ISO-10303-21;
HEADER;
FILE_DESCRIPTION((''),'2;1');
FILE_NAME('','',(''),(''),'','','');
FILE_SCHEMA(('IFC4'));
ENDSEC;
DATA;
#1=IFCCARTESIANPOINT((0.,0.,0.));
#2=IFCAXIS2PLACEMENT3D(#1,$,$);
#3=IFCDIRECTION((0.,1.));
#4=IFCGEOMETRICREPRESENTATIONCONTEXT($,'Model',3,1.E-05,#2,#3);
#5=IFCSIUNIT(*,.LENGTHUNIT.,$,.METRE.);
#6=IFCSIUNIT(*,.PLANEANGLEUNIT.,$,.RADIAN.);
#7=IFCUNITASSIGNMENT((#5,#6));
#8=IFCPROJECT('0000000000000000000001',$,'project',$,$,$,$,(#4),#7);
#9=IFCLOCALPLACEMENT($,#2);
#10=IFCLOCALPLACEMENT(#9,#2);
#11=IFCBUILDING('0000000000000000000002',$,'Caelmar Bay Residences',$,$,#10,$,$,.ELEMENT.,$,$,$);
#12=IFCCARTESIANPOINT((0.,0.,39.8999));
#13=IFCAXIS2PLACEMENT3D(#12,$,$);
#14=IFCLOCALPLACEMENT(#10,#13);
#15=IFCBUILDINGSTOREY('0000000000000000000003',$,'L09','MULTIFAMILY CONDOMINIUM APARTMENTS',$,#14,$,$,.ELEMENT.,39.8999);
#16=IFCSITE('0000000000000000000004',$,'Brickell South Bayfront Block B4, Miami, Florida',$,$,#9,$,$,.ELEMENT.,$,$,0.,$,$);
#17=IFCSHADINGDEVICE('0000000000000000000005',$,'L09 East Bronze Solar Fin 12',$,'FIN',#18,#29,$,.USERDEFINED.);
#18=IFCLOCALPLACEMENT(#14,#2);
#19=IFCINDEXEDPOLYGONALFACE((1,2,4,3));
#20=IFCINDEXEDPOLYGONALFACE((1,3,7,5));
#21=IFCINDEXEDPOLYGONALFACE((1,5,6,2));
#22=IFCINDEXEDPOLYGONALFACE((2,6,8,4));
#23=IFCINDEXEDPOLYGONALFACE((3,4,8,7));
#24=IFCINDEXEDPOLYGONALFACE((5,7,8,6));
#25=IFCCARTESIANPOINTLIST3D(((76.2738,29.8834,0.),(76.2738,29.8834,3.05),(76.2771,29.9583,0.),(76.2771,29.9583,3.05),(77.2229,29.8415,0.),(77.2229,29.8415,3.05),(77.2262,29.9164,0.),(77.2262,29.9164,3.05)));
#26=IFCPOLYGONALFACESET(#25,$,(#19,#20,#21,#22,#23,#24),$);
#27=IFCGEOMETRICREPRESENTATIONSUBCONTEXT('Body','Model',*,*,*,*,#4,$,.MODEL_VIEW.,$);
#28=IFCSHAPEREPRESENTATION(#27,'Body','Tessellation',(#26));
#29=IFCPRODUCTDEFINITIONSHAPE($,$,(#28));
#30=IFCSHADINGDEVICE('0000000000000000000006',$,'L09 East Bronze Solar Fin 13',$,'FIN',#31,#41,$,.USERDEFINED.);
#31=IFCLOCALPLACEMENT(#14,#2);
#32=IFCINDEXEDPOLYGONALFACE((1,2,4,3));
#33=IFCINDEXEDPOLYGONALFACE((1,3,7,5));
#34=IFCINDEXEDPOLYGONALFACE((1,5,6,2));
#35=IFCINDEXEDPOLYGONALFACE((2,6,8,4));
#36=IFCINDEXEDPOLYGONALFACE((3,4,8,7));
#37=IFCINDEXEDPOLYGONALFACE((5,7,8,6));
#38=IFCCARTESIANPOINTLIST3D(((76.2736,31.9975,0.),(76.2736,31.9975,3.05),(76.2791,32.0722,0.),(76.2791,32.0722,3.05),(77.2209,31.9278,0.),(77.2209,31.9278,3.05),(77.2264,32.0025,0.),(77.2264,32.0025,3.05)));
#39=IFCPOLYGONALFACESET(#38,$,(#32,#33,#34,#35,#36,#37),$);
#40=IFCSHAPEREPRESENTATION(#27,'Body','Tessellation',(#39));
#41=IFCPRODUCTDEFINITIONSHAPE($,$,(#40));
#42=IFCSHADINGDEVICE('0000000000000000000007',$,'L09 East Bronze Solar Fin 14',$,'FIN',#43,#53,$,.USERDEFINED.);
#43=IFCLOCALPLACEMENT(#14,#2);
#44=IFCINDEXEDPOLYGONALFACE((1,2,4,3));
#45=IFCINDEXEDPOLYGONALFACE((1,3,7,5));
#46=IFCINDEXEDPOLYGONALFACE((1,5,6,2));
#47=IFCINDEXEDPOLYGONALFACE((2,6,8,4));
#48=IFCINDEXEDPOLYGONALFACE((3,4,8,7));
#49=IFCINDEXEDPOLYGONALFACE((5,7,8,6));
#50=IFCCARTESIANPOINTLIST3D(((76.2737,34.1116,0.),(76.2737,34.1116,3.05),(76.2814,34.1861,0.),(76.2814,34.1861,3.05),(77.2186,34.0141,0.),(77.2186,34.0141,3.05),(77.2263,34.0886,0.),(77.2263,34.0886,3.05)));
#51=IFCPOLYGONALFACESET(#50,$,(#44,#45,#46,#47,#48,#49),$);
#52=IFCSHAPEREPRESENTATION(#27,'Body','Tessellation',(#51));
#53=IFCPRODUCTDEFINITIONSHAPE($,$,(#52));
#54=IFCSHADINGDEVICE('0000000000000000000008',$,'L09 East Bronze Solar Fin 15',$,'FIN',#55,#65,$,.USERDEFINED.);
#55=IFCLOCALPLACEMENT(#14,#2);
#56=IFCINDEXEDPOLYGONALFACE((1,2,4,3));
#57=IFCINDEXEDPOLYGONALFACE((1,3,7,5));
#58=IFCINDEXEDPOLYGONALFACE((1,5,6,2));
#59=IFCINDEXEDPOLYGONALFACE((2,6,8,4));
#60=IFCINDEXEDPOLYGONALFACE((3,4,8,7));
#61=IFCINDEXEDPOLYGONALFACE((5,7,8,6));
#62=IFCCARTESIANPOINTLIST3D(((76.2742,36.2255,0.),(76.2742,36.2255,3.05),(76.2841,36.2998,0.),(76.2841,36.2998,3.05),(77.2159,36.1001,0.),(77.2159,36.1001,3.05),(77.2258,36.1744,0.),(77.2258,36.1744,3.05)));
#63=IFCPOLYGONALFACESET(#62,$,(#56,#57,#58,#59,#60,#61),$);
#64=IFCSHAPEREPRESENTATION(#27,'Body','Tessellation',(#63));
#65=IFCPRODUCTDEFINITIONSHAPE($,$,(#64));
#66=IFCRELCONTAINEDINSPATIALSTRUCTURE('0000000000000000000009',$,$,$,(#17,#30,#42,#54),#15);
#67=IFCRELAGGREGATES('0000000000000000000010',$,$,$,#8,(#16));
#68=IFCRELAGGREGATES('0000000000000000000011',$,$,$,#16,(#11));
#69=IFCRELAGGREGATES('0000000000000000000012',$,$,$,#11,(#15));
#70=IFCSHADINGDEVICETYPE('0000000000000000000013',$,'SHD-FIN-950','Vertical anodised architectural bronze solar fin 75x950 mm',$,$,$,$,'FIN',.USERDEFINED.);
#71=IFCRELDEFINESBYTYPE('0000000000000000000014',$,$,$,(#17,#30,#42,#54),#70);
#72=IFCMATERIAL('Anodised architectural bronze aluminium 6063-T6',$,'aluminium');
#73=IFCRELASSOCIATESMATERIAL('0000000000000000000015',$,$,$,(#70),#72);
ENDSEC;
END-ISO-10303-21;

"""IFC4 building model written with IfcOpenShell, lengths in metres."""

from ifc_helpers import new_model, si_unit, direction, frame, origin, origin_2d, place, context, subcontext, project, spatial, rectangle, extrude, material, material_profile, profile_set, type_object, element, save


model = new_model("IFC4")

# Units and contexts
model_context = context("Model", 3, precision=1e-05, world=origin(), true_north=direction((0.0, 1.0)))
body_context = subcontext(model_context, "Body", "Model", "MODEL_VIEW")
ifc_project = project(units=[si_unit("LENGTHUNIT", "METRE"), si_unit("PLANEANGLEUNIT", "RADIAN")], contexts=[model_context])

# Site, building, storey
site_placement = place(None, origin())
site = spatial("IfcSite", under=ifc_project, at=site_placement, Name="Brickell South Bayfront Block B4, Miami, Florida", CompositionType="ELEMENT", RefElevation=0.0)
building_placement = place(site_placement, origin())
building = spatial("IfcBuilding", under=site, at=building_placement, Name="Caelmar Bay Residences", CompositionType="ELEMENT")
storey_placement = place(building_placement, frame((0.0, 0.0, 39.8999)))
storey = spatial("IfcBuildingStorey", under=building, at=storey_placement, Name="L09", Description="MULTIFAMILY CONDOMINIUM APARTMENTS", CompositionType="ELEMENT", Elevation=39.8999)

# Shading devices
ifc_material_1 = material(Name="Anodised architectural bronze aluminium 6063-T6", Category="aluminium")
ifc_material_profile_1 = material_profile(ifc_material_1, rectangle(XDim=0.075, YDim=0.95, at=origin_2d()), Name="BRONZE-FIN-75X950")
ifc_profile_set_1 = profile_set([ifc_material_profile_1], Name="Anodised architectural bronze aluminium 6063-T6")
shading_device_type = type_object("IfcShadingDeviceType", Name="SHD-FIN-950", Description="Vertical anodised architectural bronze solar fin 75x950 mm", ElementType="FIN", PredefinedType="USERDEFINED", material=ifc_profile_set_1)
for number, where, z_axis, x_axis, name in (
    (1, (76.75, 29.8999, 0.0), (0.0, 0.0, 1.0), (0.044142, 0.999025, 0.0), "L09 East Bronze Solar Fin 12"),
    (2, (76.75, 32.0, 0.0), (0.0, 0.0, 1.0), (0.073412, 0.997302, 0.0), "L09 East Bronze Solar Fin 13"),
    (3, (76.75, 34.1001, 0.0), (0.0, 0.0, 1.0), (0.102619, 0.994721, 0.0), "L09 East Bronze Solar Fin 14"),
    (4, (76.75, 36.2, 0.0), (0.0, 0.0, 1.0), (0.13191, 0.991262, 0.0), "L09 East Bronze Solar Fin 15"),
):
    element("IfcShadingDevice", number, at=place(storey_placement, frame(where, z_axis=z_axis, x_axis=x_axis)), inside=storey, type_object=shading_device_type, Name=name, ObjectType="FIN", PredefinedType="USERDEFINED", context=body_context, shape_type="SweptSolid", body=[
        extrude(rectangle(XDim=0.075, YDim=0.95, at=origin_2d()), origin(), (0.0, 0.0, 1.0), 3.05),
    ])

save(model, "model.ifc")
